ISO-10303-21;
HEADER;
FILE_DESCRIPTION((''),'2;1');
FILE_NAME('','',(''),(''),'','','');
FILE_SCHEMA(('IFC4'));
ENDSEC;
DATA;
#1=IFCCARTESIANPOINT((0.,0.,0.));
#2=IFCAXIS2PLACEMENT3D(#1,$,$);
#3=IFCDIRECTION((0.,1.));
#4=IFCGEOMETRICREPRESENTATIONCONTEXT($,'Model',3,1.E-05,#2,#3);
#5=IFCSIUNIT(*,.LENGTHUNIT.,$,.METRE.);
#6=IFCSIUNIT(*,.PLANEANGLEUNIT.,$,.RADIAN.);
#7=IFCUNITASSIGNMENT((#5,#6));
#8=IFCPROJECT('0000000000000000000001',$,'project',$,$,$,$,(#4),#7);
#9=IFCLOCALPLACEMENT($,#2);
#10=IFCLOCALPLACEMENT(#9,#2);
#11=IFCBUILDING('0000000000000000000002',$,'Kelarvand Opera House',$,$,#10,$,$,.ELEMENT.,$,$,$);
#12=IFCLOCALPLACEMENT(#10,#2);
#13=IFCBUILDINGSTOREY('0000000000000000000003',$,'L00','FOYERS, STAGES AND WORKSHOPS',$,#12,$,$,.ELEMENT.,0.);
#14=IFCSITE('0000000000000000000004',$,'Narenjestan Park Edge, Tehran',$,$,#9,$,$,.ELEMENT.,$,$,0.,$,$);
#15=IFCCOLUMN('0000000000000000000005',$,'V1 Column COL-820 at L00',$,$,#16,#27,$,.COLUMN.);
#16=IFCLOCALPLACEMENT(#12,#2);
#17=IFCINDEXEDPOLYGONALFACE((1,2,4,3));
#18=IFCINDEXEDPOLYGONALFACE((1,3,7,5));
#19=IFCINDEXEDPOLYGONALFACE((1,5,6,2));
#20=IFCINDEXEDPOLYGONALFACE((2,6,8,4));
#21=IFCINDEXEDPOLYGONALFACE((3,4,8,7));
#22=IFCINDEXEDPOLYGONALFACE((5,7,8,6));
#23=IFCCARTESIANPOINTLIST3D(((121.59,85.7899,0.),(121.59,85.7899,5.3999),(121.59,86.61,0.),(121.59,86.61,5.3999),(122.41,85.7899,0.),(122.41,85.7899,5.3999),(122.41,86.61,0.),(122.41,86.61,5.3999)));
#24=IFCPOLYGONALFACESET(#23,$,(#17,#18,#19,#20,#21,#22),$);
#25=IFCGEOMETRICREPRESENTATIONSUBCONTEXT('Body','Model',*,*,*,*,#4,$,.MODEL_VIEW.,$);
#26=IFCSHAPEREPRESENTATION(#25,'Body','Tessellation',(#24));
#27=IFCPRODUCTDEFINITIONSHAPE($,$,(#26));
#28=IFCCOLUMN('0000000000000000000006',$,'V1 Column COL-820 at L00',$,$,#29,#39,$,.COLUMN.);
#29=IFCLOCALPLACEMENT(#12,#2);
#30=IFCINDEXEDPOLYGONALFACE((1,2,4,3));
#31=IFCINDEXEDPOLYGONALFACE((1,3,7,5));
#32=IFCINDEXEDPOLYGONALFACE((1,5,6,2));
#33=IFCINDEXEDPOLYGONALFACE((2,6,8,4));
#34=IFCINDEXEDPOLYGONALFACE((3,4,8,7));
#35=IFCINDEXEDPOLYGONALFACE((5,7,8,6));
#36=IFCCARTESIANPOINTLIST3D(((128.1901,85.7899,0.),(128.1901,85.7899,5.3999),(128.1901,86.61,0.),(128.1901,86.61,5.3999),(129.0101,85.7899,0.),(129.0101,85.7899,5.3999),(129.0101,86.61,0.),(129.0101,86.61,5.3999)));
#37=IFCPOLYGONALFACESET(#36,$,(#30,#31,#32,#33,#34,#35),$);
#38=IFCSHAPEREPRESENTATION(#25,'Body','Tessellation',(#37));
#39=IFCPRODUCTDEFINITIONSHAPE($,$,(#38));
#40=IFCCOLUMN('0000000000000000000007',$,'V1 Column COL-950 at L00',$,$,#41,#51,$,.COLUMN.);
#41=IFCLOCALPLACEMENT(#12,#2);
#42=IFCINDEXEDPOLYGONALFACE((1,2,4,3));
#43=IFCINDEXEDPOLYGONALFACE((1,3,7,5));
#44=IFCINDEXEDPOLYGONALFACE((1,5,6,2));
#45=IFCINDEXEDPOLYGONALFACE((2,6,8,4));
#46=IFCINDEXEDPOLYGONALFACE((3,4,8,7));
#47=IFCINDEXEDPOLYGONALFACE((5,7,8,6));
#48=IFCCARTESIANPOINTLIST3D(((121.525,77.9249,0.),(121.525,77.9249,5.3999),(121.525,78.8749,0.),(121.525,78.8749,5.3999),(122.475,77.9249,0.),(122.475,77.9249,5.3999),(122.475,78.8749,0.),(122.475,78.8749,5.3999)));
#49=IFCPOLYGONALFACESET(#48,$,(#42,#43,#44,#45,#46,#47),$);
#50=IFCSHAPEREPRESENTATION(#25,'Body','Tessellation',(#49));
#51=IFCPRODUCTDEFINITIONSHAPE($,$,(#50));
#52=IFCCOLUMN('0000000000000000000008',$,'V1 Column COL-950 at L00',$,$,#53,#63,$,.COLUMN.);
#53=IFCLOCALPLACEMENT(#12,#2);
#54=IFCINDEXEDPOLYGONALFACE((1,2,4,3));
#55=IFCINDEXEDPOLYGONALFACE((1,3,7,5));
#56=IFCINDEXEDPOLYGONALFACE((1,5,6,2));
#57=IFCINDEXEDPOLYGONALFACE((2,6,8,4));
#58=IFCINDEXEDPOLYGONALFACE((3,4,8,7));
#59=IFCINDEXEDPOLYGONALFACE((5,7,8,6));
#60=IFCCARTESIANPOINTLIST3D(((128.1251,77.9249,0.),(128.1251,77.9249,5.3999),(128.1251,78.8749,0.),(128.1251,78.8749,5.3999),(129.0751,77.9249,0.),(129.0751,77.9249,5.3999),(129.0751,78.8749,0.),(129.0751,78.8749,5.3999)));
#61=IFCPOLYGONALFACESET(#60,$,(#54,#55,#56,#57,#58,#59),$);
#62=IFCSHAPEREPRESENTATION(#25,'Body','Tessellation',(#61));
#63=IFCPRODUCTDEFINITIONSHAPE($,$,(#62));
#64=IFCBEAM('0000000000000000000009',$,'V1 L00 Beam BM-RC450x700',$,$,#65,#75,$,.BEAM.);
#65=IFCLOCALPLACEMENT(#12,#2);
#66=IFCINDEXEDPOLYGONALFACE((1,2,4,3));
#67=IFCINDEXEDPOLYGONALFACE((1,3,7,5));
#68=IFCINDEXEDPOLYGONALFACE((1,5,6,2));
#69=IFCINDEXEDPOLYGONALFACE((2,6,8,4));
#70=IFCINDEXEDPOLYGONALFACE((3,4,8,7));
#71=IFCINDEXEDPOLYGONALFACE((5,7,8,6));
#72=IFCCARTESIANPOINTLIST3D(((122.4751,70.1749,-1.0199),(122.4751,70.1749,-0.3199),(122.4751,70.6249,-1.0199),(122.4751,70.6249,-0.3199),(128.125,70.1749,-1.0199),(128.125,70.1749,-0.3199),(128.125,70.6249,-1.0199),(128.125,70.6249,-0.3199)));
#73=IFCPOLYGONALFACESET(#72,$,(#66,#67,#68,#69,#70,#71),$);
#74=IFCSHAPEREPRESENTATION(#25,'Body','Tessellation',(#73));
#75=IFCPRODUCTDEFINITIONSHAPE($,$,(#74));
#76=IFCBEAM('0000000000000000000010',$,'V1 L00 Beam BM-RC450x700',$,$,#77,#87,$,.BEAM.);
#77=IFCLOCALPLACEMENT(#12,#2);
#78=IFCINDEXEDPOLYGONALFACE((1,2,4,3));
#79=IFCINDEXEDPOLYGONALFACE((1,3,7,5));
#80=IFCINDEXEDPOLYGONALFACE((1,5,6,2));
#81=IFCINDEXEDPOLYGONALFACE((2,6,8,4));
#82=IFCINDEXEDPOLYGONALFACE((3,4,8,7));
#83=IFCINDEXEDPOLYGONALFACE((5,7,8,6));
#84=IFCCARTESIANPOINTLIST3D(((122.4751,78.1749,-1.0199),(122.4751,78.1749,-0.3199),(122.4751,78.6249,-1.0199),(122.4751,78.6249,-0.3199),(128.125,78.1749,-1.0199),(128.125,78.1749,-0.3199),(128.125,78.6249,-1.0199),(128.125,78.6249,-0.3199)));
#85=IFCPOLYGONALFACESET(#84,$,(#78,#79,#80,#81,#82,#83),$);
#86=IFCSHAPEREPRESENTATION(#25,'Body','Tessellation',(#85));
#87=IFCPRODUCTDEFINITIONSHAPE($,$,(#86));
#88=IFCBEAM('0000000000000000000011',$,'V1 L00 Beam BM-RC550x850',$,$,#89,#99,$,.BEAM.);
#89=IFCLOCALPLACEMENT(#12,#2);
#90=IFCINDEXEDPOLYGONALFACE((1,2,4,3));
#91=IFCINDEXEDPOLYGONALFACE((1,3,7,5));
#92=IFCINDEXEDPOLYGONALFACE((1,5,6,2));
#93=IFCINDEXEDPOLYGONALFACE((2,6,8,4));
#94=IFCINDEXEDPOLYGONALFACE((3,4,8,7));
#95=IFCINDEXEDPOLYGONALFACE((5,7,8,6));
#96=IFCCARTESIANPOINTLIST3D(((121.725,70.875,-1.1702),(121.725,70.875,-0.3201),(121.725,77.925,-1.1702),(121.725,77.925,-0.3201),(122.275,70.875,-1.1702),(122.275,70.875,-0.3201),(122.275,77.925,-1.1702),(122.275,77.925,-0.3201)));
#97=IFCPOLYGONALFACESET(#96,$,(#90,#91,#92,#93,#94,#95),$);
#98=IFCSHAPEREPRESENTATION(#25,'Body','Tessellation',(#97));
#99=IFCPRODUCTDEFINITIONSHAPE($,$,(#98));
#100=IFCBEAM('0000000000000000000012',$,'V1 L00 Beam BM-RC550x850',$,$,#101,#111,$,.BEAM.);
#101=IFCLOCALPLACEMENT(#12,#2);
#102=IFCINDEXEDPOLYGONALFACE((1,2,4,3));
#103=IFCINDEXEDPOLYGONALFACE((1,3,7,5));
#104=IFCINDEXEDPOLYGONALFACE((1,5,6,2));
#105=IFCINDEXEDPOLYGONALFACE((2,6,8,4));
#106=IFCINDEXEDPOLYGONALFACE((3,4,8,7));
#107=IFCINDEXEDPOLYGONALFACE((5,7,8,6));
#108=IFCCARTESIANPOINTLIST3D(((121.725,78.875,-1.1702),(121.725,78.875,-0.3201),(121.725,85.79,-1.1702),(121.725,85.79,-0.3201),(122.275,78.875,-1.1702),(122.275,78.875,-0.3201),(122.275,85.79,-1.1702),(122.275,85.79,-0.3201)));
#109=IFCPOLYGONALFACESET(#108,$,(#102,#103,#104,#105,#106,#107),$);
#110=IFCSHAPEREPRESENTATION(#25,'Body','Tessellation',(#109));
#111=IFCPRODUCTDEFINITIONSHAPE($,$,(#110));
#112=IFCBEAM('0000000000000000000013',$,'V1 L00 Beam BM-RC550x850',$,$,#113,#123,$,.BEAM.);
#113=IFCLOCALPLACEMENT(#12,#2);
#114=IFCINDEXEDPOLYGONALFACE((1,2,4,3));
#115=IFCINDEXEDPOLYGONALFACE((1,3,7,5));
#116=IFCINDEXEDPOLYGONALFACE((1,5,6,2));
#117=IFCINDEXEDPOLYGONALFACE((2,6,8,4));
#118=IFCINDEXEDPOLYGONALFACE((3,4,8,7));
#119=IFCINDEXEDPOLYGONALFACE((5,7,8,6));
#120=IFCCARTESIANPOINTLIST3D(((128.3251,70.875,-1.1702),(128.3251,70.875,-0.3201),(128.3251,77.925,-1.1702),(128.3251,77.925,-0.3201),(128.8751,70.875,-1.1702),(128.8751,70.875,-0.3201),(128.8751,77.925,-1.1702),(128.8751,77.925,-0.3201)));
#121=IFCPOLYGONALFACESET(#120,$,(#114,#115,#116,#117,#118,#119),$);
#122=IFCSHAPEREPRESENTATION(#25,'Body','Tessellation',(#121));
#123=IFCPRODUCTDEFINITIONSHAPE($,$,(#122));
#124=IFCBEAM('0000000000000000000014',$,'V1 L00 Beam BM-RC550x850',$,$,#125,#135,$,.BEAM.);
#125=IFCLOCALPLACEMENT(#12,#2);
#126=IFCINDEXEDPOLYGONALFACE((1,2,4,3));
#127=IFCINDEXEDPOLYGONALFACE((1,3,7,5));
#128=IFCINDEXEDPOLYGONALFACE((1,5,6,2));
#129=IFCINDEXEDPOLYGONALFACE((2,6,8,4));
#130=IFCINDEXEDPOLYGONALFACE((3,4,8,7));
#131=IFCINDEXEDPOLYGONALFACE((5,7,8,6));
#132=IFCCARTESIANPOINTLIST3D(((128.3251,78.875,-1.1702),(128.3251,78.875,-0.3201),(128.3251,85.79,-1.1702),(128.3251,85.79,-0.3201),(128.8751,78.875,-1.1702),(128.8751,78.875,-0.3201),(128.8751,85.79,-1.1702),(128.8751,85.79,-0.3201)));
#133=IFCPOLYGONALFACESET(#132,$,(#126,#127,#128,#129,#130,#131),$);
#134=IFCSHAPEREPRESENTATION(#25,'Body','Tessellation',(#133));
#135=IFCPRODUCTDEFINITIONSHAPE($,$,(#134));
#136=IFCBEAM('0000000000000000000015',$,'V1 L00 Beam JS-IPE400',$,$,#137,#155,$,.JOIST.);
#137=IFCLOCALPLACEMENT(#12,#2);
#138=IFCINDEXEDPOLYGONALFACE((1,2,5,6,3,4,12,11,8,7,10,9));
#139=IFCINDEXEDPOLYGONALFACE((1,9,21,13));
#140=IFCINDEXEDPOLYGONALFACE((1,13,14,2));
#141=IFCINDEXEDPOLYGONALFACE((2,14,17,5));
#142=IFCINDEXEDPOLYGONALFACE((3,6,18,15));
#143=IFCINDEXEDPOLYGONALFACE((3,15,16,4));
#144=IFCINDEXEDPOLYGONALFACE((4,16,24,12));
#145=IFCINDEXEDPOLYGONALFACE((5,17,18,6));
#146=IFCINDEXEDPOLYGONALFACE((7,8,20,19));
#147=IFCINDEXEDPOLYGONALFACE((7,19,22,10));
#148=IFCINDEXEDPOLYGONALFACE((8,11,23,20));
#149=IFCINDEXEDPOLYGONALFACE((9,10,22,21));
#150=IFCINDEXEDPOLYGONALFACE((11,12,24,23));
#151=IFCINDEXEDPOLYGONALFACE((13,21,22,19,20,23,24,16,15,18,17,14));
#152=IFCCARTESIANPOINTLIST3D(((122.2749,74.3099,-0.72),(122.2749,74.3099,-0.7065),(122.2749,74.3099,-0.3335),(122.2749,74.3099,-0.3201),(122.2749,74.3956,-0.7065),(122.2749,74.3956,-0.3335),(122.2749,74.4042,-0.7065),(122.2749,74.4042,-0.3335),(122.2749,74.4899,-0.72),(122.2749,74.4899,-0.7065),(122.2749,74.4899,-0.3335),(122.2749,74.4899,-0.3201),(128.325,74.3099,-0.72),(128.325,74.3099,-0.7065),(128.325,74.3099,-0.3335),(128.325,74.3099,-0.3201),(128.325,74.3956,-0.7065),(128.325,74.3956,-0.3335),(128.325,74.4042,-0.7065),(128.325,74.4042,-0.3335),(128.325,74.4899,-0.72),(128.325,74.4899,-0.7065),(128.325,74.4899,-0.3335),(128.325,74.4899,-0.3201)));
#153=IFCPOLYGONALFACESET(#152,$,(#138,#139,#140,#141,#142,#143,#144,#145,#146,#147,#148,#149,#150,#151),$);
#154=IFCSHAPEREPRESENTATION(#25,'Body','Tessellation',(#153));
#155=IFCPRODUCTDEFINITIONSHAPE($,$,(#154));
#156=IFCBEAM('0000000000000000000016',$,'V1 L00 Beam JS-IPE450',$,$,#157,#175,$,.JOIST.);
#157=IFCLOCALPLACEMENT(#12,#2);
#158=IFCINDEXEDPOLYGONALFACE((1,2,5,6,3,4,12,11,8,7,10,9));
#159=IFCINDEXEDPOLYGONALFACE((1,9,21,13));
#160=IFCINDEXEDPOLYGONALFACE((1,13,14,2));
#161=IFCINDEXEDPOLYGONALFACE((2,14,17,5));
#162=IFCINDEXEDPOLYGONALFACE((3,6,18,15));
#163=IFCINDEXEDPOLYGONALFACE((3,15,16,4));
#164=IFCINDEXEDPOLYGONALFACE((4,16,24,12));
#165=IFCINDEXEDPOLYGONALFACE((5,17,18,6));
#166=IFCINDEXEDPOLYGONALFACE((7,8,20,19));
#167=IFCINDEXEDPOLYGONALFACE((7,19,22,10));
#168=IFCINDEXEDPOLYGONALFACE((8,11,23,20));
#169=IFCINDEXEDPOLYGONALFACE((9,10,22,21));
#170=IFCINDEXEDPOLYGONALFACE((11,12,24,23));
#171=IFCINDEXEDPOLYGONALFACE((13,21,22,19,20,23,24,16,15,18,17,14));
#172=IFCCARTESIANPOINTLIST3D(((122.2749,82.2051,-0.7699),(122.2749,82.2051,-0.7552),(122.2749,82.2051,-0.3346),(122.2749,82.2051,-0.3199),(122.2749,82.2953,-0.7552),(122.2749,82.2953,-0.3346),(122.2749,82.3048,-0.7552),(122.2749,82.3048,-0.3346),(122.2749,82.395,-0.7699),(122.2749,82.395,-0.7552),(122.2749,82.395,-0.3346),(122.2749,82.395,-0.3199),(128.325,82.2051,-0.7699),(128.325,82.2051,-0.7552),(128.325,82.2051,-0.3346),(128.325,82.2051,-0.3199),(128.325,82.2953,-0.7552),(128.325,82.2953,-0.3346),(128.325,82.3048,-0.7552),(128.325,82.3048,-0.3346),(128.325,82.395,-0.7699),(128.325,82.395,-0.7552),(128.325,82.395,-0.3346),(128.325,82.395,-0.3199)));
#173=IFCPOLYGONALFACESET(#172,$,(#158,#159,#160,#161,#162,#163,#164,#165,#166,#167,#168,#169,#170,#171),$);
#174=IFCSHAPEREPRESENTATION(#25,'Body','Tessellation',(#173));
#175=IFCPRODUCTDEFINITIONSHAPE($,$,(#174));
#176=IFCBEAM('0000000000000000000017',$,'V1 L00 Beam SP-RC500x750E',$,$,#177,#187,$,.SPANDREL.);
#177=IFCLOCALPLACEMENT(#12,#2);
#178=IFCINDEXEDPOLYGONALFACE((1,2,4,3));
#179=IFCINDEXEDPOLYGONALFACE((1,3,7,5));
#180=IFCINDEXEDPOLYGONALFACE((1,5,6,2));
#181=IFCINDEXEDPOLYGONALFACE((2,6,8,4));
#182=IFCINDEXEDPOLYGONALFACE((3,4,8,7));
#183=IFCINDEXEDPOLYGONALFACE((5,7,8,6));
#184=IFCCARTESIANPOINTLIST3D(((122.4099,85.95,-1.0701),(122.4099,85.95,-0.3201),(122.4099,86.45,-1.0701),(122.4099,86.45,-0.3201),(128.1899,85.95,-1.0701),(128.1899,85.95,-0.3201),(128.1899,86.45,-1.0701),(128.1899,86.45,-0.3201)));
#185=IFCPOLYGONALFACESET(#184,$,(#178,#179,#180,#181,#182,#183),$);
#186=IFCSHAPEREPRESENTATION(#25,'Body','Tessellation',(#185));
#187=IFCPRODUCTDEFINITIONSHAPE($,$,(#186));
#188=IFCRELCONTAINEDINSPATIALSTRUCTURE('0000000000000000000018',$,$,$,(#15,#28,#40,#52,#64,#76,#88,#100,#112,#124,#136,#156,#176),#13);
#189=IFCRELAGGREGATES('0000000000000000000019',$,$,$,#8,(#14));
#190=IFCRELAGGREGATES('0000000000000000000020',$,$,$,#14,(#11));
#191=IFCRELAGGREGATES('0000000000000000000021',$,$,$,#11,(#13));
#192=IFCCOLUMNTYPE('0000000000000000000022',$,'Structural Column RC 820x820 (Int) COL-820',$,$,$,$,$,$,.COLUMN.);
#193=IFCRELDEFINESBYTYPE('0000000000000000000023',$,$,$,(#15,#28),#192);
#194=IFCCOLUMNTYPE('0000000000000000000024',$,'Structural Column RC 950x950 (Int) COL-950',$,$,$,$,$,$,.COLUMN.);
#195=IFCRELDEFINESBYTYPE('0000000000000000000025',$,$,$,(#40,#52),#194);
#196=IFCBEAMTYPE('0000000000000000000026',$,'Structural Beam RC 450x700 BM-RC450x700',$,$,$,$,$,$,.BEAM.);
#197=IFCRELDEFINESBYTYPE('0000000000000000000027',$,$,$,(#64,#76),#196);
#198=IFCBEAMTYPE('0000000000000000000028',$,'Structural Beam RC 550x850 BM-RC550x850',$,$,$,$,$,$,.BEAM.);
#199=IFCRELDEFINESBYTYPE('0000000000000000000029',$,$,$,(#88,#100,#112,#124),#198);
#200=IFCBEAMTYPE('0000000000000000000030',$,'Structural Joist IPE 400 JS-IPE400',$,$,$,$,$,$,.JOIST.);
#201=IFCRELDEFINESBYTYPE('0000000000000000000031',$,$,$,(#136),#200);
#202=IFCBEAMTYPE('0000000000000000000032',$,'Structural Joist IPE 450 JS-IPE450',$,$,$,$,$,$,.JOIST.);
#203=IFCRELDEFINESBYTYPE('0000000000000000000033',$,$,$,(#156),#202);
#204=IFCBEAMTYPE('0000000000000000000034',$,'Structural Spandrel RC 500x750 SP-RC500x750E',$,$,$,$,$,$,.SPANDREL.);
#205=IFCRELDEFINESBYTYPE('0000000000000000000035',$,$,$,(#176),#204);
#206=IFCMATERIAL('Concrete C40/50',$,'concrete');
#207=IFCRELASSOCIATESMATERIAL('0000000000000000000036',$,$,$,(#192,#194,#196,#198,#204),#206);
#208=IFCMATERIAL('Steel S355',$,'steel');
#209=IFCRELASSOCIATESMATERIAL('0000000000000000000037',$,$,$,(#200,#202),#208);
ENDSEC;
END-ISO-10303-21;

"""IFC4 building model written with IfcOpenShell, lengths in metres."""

from ifc_helpers import new_model, si_unit, direction, frame, origin, origin_2d, place, context, subcontext, project, spatial, rectangle, i_section, extrude, material, material_profile, profile_set, type_object, element, save


model = new_model("IFC4")

# Units and contexts
model_context = context("Model", 3, precision=1e-05, world=origin(), true_north=direction((0.0, 1.0)))
body_context = subcontext(model_context, "Body", "Model", "MODEL_VIEW")
ifc_project = project(units=[si_unit("LENGTHUNIT", "METRE"), si_unit("PLANEANGLEUNIT", "RADIAN")], contexts=[model_context])

# Site, building, storey
site_placement = place(None, origin())
site = spatial("IfcSite", under=ifc_project, at=site_placement, Name="Narenjestan Park Edge, Tehran", CompositionType="ELEMENT", RefElevation=0.0)
building_placement = place(site_placement, origin())
building = spatial("IfcBuilding", under=site, at=building_placement, Name="Kelarvand Opera House", CompositionType="ELEMENT")
storey_placement = place(building_placement, origin())
storey = spatial("IfcBuildingStorey", under=building, at=storey_placement, Name="L00", Description="FOYERS, STAGES AND WORKSHOPS", CompositionType="ELEMENT", Elevation=0.0)

# Columns
ifc_material_1 = material(Name="Concrete C40/50", Category="concrete")
ifc_material_profile_1 = material_profile(ifc_material_1, rectangle(XDim=0.8201, YDim=0.8201, at=origin_2d()), Name="RC 820x820", Category="concrete")
ifc_profile_set_1 = profile_set([ifc_material_profile_1], Name="Concrete C40/50")
column_type_1 = type_object("IfcColumnType", Name="Structural Column RC 820x820 (Int) COL-820", PredefinedType="COLUMN", material=ifc_profile_set_1)
for number, where, z_axis, x_axis, name in (
    (1, (122.0, 86.2, 0.0), (0.0, 0.0, 1.0), (1.0, 0.0, 0.0), "V1 Column COL-820 at L00"),
    (2, (128.6001, 86.2, 0.0), (0.0, 0.0, 1.0), (1.0, 0.0, 0.0), "V1 Column COL-820 at L00"),
):
    element("IfcColumn", number, at=place(storey_placement, frame(where, z_axis=z_axis, x_axis=x_axis)), inside=storey, type_object=column_type_1, Name=name, PredefinedType="COLUMN", context=body_context, shape_type="SweptSolid", body=[
        extrude(rectangle(XDim=0.8201, YDim=0.8201, at=origin_2d()), origin(), (0.0, 0.0, 1.0), 5.3999),
    ])
ifc_material_profile_2 = material_profile(ifc_material_1, rectangle(XDim=0.95, YDim=0.95, at=origin_2d()), Name="RC 950x950", Category="concrete")
ifc_profile_set_2 = profile_set([ifc_material_profile_2], Name="Concrete C40/50")
column_type_2 = type_object("IfcColumnType", Name="Structural Column RC 950x950 (Int) COL-950", PredefinedType="COLUMN", material=ifc_profile_set_2)
for number, where, z_axis, x_axis, name in (
    (3, (122.0, 78.3999, 0.0), (0.0, 0.0, 1.0), (1.0, 0.0, 0.0), "V1 Column COL-950 at L00"),
    (4, (128.6001, 78.3999, 0.0), (0.0, 0.0, 1.0), (1.0, 0.0, 0.0), "V1 Column COL-950 at L00"),
):
    element("IfcColumn", number, at=place(storey_placement, frame(where, z_axis=z_axis, x_axis=x_axis)), inside=storey, type_object=column_type_2, Name=name, PredefinedType="COLUMN", context=body_context, shape_type="SweptSolid", body=[
        extrude(rectangle(XDim=0.95, YDim=0.95, at=origin_2d()), origin(), (0.0, 0.0, 1.0), 5.3999),
    ])

# Beams
ifc_material_profile_3 = material_profile(ifc_material_1, rectangle(XDim=0.45, YDim=0.7, at=origin_2d()), Name="RC 450x700", Category="concrete")
ifc_profile_set_3 = profile_set([ifc_material_profile_3], Name="Concrete C40/50")
beam_type_1 = type_object("IfcBeamType", Name="Structural Beam RC 450x700 BM-RC450x700", PredefinedType="BEAM", material=ifc_profile_set_3)
for number, where, z_axis, x_axis, name in (
    (5, (122.4751, 70.3999, -0.6699), (1.0, 0.0, 0.0), (0.0, 1.0, 0.0), "V1 L00 Beam BM-RC450x700"),
    (6, (122.4751, 78.3999, -0.6699), (1.0, 0.0, 0.0), (0.0, 1.0, 0.0), "V1 L00 Beam BM-RC450x700"),
):
    element("IfcBeam", number, at=place(storey_placement, frame(where, z_axis=z_axis, x_axis=x_axis)), inside=storey, type_object=beam_type_1, Name=name, PredefinedType="BEAM", context=body_context, shape_type="SweptSolid", body=[
        extrude(rectangle(XDim=0.45, YDim=0.7, at=origin_2d()), origin(), (0.0, 0.0, 1.0), 5.6499),
    ])
ifc_material_profile_4 = material_profile(ifc_material_1, rectangle(XDim=0.55, YDim=0.8501, at=origin_2d()), Name="RC 550x850", Category="concrete")
ifc_profile_set_4 = profile_set([ifc_material_profile_4], Name="Concrete C40/50")
beam_type_2 = type_object("IfcBeamType", Name="Structural Beam RC 550x850 BM-RC550x850", PredefinedType="BEAM", material=ifc_profile_set_4)
beam_1_placement = place(storey_placement, frame((122.0, 70.875, -0.7451), z_axis=(0.0, 1.0, 0.0), x_axis=(-1.0, 0.0, 0.0)))
element("IfcBeam", 7, at=beam_1_placement, inside=storey, type_object=beam_type_2, Name="V1 L00 Beam BM-RC550x850", PredefinedType="BEAM", context=body_context, shape_type="SweptSolid", body=[
    extrude(rectangle(XDim=0.55, YDim=0.8501, at=origin_2d()), origin(), (0.0, 0.0, 1.0), 7.05),
])
beam_2_placement = place(storey_placement, frame((122.0, 78.875, -0.7451), z_axis=(0.0, 1.0, 0.0), x_axis=(-1.0, 0.0, 0.0)))
element("IfcBeam", 8, at=beam_2_placement, inside=storey, type_object=beam_type_2, Name="V1 L00 Beam BM-RC550x850", PredefinedType="BEAM", context=body_context, shape_type="SweptSolid", body=[
    extrude(rectangle(XDim=0.55, YDim=0.8501, at=origin_2d()), origin(), (0.0, 0.0, 1.0), 6.915),
])
beam_3_placement = place(storey_placement, frame((128.6001, 70.875, -0.7451), z_axis=(0.0, 1.0, 0.0), x_axis=(-1.0, 0.0, 0.0)))
element("IfcBeam", 9, at=beam_3_placement, inside=storey, type_object=beam_type_2, Name="V1 L00 Beam BM-RC550x850", PredefinedType="BEAM", context=body_context, shape_type="SweptSolid", body=[
    extrude(rectangle(XDim=0.55, YDim=0.8501, at=origin_2d()), origin(), (0.0, 0.0, 1.0), 7.05),
])
beam_4_placement = place(storey_placement, frame((128.6001, 78.875, -0.7451), z_axis=(0.0, 1.0, 0.0), x_axis=(-1.0, 0.0, 0.0)))
element("IfcBeam", 10, at=beam_4_placement, inside=storey, type_object=beam_type_2, Name="V1 L00 Beam BM-RC550x850", PredefinedType="BEAM", context=body_context, shape_type="SweptSolid", body=[
    extrude(rectangle(XDim=0.55, YDim=0.8501, at=origin_2d()), origin(), (0.0, 0.0, 1.0), 6.915),
])
ifc_material_2 = material(Name="Steel S355", Category="steel")
ifc_material_profile_5 = material_profile(ifc_material_2, i_section(OverallWidth=0.1799, OverallDepth=0.3999, WebThickness=0.0085, FlangeThickness=0.0134, at=origin_2d()), Name="IPE 400", Category="steel")
ifc_profile_set_5 = profile_set([ifc_material_profile_5], Name="Steel S355")
beam_type_3 = type_object("IfcBeamType", Name="Structural Joist IPE 400 JS-IPE400", PredefinedType="JOIST", material=ifc_profile_set_5)
beam_5_placement = place(storey_placement, frame((122.2749, 74.3999, -0.52), z_axis=(1.0, 0.0, 0.0), x_axis=(0.0, 1.0, 0.0)))
element("IfcBeam", 11, at=beam_5_placement, inside=storey, type_object=beam_type_3, Name="V1 L00 Beam JS-IPE400", PredefinedType="JOIST", context=body_context, shape_type="SweptSolid", body=[
    extrude(i_section(OverallWidth=0.1799, OverallDepth=0.3999, WebThickness=0.0085, FlangeThickness=0.0134, at=origin_2d()), origin(), (0.0, 0.0, 1.0), 6.05),
])
ifc_material_profile_6 = material_profile(ifc_material_2, i_section(OverallWidth=0.1899, OverallDepth=0.45, WebThickness=0.0095, FlangeThickness=0.0146, at=origin_2d()), Name="IPE 450", Category="steel")
ifc_profile_set_6 = profile_set([ifc_material_profile_6], Name="Steel S355")
beam_type_4 = type_object("IfcBeamType", Name="Structural Joist IPE 450 JS-IPE450", PredefinedType="JOIST", material=ifc_profile_set_6)
beam_6_placement = place(storey_placement, frame((122.2749, 82.3, -0.5449), z_axis=(1.0, 0.0, 0.0), x_axis=(0.0, 1.0, 0.0)))
element("IfcBeam", 12, at=beam_6_placement, inside=storey, type_object=beam_type_4, Name="V1 L00 Beam JS-IPE450", PredefinedType="JOIST", context=body_context, shape_type="SweptSolid", body=[
    extrude(i_section(OverallWidth=0.1899, OverallDepth=0.45, WebThickness=0.0095, FlangeThickness=0.0146, at=origin_2d()), origin(), (0.0, 0.0, 1.0), 6.05),
])
ifc_material_profile_7 = material_profile(ifc_material_1, rectangle(XDim=0.5, YDim=0.75, at=origin_2d()), Name="RC 500x750", Category="concrete")
ifc_profile_set_7 = profile_set([ifc_material_profile_7], Name="Concrete C40/50")
beam_type_5 = type_object("IfcBeamType", Name="Structural Spandrel RC 500x750 SP-RC500x750E", PredefinedType="SPANDREL", material=ifc_profile_set_7)
beam_7_placement = place(storey_placement, frame((122.4099, 86.2, -0.6951), z_axis=(1.0, 0.0, 0.0), x_axis=(0.0, 1.0, 0.0)))
element("IfcBeam", 13, at=beam_7_placement, inside=storey, type_object=beam_type_5, Name="V1 L00 Beam SP-RC500x750E", PredefinedType="SPANDREL", context=body_context, shape_type="SweptSolid", body=[
    extrude(rectangle(XDim=0.5, YDim=0.75, at=origin_2d()), origin(), (0.0, 0.0, 1.0), 5.78),
])

save(model, "model.ifc")
